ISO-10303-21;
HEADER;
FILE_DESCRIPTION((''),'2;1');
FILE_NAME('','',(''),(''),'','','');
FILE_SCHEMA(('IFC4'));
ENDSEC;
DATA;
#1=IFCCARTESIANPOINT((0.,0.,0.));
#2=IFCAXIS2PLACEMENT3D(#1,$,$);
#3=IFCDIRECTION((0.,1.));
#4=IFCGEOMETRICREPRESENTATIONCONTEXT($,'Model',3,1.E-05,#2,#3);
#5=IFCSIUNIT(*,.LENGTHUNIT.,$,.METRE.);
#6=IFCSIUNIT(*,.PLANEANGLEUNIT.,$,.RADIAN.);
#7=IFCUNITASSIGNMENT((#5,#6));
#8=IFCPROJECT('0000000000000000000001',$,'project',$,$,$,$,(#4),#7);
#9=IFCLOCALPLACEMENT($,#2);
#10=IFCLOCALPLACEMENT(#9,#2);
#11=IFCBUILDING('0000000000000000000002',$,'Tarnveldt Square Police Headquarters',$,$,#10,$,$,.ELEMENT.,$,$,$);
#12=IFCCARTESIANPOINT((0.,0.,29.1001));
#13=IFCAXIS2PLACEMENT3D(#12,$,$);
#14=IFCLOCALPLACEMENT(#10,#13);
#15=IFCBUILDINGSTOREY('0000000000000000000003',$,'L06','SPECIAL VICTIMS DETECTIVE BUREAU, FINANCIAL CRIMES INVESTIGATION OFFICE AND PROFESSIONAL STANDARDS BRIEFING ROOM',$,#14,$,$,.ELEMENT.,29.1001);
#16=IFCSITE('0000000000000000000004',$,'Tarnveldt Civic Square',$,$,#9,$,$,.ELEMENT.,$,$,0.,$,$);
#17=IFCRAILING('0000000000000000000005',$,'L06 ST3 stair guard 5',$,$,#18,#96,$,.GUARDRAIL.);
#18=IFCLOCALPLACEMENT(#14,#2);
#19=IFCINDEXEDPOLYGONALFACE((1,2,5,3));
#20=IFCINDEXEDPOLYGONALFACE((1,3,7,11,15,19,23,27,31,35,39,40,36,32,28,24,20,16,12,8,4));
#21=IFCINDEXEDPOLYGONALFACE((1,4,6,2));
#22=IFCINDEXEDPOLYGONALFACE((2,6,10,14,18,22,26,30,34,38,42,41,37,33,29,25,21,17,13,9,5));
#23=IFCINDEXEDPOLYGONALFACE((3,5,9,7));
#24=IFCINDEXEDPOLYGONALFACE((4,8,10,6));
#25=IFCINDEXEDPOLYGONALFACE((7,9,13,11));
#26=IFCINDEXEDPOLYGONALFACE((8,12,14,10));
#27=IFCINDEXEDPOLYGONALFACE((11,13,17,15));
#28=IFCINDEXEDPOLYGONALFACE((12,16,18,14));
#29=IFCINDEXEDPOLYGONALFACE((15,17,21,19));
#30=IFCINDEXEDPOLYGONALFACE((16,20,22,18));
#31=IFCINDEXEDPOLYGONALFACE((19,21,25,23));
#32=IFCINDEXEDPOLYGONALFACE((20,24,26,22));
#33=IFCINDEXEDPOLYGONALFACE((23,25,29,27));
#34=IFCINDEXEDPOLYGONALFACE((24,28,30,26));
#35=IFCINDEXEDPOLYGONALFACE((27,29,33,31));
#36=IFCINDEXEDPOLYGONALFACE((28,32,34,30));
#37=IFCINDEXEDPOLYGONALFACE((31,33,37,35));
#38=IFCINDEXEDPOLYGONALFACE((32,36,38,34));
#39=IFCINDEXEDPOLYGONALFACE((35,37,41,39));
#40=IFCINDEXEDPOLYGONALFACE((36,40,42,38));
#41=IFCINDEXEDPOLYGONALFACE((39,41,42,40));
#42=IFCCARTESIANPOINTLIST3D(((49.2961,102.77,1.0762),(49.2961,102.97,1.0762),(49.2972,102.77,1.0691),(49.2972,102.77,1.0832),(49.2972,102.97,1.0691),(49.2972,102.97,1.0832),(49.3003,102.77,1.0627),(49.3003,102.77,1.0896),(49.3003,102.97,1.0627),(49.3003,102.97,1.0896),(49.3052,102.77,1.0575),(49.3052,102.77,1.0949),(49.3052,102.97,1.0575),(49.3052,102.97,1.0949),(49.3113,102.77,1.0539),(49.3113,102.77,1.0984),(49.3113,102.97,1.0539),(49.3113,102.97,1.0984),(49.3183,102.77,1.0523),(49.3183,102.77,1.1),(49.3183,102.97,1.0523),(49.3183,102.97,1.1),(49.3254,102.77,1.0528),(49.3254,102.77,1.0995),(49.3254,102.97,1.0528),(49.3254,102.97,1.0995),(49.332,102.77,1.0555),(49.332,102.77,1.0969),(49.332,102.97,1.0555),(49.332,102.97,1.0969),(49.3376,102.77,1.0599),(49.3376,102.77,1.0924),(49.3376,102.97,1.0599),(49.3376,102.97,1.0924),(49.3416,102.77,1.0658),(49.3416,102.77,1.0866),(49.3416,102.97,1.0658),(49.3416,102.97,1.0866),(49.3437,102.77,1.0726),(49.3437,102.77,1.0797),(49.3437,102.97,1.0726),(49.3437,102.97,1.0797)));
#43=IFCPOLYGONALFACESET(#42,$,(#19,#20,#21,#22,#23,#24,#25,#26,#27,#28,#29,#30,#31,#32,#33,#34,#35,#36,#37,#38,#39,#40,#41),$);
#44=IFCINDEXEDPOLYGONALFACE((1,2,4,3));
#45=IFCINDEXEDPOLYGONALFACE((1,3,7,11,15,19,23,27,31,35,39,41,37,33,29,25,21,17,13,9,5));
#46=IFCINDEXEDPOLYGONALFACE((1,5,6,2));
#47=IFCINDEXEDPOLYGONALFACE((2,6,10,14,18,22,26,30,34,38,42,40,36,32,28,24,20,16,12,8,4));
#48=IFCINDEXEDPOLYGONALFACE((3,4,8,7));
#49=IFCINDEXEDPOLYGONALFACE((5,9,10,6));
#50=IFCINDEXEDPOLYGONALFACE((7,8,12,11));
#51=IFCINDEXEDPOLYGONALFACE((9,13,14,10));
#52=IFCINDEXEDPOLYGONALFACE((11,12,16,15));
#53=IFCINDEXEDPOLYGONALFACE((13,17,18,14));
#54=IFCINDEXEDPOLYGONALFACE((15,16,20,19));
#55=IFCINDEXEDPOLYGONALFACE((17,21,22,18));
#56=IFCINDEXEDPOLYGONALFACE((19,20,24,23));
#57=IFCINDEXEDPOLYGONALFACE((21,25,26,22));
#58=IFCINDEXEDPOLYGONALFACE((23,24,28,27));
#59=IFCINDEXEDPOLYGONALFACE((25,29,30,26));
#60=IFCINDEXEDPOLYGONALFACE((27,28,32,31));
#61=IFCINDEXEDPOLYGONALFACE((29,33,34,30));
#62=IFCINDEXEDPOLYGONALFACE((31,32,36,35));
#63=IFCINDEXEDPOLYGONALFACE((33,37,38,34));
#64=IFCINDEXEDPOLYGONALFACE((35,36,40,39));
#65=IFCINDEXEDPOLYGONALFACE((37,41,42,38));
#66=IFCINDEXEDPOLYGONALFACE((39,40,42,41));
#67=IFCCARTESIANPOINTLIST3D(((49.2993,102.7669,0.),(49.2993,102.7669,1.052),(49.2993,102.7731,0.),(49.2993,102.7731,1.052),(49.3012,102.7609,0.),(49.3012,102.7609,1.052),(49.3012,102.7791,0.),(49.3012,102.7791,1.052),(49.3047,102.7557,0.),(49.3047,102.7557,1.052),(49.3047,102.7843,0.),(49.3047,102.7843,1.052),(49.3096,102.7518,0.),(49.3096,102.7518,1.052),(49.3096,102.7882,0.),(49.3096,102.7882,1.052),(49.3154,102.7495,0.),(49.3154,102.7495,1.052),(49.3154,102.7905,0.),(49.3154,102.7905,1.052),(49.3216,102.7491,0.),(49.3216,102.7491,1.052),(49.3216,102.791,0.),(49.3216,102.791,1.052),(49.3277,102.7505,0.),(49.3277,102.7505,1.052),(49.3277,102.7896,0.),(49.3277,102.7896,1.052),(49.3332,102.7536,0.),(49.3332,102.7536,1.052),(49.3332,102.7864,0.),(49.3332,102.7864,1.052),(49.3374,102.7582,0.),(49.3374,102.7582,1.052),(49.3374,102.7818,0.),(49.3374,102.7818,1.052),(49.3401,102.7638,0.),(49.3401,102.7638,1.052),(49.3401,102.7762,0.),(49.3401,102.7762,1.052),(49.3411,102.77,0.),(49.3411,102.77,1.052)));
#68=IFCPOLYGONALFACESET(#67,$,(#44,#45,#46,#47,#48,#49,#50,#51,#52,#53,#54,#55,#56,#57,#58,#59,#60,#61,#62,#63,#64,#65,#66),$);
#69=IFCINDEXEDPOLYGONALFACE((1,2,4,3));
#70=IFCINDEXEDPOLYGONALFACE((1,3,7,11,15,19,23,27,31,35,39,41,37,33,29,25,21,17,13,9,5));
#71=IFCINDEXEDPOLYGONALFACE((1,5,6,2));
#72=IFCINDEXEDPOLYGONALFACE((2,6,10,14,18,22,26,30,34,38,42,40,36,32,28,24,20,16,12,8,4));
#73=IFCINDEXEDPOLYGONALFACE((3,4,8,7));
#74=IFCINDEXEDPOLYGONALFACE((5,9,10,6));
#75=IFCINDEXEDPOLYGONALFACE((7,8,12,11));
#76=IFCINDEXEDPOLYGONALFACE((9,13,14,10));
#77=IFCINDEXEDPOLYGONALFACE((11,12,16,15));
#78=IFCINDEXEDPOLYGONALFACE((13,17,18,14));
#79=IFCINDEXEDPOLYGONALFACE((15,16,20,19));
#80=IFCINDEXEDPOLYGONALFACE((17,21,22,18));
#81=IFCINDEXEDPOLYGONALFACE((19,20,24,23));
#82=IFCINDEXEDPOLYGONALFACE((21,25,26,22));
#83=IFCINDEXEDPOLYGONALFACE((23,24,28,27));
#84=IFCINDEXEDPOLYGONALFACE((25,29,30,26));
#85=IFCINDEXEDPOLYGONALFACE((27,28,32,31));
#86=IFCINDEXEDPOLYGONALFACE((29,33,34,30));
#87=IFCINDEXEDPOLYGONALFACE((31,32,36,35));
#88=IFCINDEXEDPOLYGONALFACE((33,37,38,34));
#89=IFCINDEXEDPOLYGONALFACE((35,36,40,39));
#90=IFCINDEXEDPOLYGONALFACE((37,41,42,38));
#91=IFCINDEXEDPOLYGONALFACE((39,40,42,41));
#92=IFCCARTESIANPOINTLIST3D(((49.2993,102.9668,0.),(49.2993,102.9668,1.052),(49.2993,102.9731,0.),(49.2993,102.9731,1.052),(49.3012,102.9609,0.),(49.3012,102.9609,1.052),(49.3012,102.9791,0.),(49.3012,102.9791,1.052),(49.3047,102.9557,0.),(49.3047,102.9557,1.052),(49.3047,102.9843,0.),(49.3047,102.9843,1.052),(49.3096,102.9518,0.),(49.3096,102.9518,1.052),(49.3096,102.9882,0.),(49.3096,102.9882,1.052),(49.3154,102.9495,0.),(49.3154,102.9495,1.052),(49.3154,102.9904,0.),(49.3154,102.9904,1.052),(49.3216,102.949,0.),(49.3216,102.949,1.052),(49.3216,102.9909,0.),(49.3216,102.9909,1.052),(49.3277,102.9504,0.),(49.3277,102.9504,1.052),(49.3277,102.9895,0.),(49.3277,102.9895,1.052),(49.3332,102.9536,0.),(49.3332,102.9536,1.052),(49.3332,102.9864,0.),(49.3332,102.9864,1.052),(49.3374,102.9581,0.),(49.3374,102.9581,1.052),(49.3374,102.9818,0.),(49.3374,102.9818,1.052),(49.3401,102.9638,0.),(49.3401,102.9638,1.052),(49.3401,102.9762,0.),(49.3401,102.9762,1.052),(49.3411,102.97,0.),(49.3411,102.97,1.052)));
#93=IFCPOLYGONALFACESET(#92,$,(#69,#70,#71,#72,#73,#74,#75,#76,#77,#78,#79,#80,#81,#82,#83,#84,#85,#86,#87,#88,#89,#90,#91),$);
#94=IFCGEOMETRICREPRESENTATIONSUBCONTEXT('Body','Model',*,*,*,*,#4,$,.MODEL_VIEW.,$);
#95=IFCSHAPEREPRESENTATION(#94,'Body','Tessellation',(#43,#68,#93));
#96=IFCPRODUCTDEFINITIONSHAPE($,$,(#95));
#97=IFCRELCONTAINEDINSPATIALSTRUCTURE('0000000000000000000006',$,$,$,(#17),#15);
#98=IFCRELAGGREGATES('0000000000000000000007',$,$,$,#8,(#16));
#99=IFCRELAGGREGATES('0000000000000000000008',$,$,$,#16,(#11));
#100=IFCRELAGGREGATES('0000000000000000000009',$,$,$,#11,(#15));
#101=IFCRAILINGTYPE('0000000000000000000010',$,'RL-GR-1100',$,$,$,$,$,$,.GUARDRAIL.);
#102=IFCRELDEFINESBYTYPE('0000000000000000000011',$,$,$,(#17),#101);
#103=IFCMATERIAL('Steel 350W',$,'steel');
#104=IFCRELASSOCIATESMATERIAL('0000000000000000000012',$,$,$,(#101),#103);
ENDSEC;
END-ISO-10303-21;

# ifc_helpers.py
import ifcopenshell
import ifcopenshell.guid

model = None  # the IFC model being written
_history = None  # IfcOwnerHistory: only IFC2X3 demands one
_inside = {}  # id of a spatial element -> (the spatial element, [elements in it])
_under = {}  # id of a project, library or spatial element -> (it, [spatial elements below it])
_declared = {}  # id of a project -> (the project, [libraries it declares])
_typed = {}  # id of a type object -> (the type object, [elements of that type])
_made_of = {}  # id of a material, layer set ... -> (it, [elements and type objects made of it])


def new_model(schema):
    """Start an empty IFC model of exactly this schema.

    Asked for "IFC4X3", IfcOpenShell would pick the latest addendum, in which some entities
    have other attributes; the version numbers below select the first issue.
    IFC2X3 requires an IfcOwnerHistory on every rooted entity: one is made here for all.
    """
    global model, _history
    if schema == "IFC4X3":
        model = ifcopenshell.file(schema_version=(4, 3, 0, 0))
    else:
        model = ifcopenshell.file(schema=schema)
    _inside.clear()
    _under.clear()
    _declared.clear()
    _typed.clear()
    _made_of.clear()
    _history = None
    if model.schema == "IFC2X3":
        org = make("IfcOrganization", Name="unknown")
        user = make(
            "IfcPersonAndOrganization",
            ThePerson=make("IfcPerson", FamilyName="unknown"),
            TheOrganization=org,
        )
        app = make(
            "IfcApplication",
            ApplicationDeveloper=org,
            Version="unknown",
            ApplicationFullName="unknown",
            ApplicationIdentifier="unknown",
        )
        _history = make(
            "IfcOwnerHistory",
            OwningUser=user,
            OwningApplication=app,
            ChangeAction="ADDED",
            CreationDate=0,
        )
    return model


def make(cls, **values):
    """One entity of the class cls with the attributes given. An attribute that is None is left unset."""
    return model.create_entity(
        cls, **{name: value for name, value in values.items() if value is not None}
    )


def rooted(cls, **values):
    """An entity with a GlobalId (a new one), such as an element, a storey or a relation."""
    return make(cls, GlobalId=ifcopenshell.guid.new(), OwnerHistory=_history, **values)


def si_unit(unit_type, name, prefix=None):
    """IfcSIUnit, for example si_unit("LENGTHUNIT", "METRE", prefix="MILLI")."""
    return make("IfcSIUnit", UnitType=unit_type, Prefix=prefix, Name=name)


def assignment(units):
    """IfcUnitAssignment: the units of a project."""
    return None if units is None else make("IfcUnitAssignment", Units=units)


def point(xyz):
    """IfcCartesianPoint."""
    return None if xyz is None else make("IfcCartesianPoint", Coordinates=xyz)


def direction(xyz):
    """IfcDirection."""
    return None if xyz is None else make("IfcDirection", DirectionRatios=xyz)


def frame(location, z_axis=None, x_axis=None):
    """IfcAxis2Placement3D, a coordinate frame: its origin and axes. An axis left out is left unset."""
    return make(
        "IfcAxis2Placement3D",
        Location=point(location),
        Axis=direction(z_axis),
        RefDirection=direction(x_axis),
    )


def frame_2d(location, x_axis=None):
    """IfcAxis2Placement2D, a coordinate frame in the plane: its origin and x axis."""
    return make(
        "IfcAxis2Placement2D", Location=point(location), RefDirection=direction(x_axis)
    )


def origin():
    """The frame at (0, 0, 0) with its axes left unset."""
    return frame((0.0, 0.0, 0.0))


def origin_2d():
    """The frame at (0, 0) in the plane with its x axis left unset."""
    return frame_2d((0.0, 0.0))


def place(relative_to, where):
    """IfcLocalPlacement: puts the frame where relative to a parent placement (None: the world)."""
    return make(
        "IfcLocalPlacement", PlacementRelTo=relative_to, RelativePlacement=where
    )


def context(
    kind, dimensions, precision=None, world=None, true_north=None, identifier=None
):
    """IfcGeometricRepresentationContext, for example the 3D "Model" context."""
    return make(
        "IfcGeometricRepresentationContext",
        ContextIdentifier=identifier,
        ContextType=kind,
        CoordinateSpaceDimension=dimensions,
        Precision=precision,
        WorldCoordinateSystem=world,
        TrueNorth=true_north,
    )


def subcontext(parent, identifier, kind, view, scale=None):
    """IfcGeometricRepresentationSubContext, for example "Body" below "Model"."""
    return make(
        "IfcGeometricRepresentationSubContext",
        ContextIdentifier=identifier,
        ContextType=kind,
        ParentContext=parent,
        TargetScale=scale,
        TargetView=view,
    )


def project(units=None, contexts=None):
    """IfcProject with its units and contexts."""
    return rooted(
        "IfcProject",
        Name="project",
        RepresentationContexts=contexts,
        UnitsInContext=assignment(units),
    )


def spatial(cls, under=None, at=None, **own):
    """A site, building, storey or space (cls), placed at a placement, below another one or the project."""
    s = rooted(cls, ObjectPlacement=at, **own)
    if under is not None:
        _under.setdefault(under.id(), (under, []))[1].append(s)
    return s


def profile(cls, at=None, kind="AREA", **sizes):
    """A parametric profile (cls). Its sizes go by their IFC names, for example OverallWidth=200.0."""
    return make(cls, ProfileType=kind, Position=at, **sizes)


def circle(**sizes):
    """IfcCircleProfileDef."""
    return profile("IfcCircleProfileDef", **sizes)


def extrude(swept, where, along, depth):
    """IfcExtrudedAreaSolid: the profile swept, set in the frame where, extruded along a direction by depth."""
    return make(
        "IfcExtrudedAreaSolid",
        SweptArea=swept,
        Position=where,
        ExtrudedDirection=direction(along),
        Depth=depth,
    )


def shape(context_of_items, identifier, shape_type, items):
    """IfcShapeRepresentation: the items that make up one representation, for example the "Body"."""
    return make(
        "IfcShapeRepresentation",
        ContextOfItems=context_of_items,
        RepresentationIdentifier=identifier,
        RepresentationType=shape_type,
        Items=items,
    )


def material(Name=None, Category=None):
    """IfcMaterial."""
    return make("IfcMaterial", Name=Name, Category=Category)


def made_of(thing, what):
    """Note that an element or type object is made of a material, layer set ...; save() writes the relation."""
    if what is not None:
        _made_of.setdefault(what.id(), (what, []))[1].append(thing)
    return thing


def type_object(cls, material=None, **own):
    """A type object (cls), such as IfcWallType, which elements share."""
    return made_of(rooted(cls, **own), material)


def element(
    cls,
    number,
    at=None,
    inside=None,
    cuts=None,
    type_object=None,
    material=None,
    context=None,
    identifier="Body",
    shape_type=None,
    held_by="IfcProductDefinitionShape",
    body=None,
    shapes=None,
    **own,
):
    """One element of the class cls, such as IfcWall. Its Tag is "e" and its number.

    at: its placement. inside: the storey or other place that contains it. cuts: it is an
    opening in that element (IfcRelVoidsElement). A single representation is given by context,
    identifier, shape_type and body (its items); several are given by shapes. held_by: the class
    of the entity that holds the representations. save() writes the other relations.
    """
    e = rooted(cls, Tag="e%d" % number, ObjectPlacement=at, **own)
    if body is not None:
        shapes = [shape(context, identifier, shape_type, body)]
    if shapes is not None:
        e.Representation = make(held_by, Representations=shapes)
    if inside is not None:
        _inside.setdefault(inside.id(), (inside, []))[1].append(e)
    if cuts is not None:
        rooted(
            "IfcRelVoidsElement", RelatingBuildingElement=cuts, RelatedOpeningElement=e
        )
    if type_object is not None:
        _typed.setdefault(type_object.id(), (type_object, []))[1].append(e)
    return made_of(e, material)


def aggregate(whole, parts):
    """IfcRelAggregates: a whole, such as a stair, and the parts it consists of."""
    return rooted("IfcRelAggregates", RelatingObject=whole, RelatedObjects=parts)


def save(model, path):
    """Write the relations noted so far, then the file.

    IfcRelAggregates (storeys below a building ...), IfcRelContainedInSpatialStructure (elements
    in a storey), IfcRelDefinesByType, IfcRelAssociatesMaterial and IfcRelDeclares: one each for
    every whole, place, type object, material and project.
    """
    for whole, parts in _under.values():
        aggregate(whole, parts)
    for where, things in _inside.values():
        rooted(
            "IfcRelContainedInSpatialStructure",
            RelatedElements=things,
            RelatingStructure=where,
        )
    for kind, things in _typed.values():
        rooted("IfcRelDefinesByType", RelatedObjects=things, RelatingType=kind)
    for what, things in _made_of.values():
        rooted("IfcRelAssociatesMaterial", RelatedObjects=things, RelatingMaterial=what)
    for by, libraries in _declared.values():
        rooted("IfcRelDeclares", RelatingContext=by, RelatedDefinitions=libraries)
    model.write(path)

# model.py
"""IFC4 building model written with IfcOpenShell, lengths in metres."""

from ifc_helpers import new_model, si_unit, direction, frame, origin, origin_2d, place, context, subcontext, project, spatial, circle, extrude, material, type_object, element, save


model = new_model("IFC4")

# Units and contexts
model_context = context("Model", 3, precision=1e-05, world=origin(), true_north=direction((0.0, 1.0)))
body_context = subcontext(model_context, "Body", "Model", "MODEL_VIEW")
ifc_project = project(units=[si_unit("LENGTHUNIT", "METRE"), si_unit("PLANEANGLEUNIT", "RADIAN")], contexts=[model_context])

# Site, building, storey
site_placement = place(None, origin())
site = spatial("IfcSite", under=ifc_project, at=site_placement, Name="Tarnveldt Civic Square", CompositionType="ELEMENT", RefElevation=0.0)
building_placement = place(site_placement, origin())
building = spatial("IfcBuilding", under=site, at=building_placement, Name="Tarnveldt Square Police Headquarters", CompositionType="ELEMENT")
storey_placement = place(building_placement, frame((0.0, 0.0, 29.1001)))
storey = spatial("IfcBuildingStorey", under=building, at=storey_placement, Name="L06", Description="SPECIAL VICTIMS DETECTIVE BUREAU, FINANCIAL CRIMES INVESTIGATION OFFICE AND PROFESSIONAL STANDARDS BRIEFING ROOM", CompositionType="ELEMENT", Elevation=29.1001)

# Shared definitions
ifc_material_1 = material(Name="Steel 350W", Category="steel")

# Railing
railing_type_1 = type_object("IfcRailingType", Name="RL-GR-1100", PredefinedType="GUARDRAIL", material=ifc_material_1)
railing_1_placement = place(storey_placement, frame((49.3201, 102.77, 0.0)))
element("IfcRailing", 1, at=railing_1_placement, inside=storey, type_object=railing_type_1, Name="L06 ST3 stair guard 5", PredefinedType="GUARDRAIL", context=body_context, shape_type="SweptSolid", body=[
    extrude(circle(Radius=0.0239, at=origin_2d()), frame((0.0, 0.0, 1.0762), z_axis=(0.0, 1.0, 0.0), x_axis=(-1.0, 0.0, 0.0)), (0.0, 0.0, 1.0), 0.2),
    extrude(circle(Radius=0.021, at=origin_2d()), origin(), (0.0, 0.0, 1.0), 1.052),
    extrude(circle(Radius=0.021, at=origin_2d()), frame((0.0, 0.2, 0.0)), (0.0, 0.0, 1.0), 1.052),
])

save(model, "model.ifc")
